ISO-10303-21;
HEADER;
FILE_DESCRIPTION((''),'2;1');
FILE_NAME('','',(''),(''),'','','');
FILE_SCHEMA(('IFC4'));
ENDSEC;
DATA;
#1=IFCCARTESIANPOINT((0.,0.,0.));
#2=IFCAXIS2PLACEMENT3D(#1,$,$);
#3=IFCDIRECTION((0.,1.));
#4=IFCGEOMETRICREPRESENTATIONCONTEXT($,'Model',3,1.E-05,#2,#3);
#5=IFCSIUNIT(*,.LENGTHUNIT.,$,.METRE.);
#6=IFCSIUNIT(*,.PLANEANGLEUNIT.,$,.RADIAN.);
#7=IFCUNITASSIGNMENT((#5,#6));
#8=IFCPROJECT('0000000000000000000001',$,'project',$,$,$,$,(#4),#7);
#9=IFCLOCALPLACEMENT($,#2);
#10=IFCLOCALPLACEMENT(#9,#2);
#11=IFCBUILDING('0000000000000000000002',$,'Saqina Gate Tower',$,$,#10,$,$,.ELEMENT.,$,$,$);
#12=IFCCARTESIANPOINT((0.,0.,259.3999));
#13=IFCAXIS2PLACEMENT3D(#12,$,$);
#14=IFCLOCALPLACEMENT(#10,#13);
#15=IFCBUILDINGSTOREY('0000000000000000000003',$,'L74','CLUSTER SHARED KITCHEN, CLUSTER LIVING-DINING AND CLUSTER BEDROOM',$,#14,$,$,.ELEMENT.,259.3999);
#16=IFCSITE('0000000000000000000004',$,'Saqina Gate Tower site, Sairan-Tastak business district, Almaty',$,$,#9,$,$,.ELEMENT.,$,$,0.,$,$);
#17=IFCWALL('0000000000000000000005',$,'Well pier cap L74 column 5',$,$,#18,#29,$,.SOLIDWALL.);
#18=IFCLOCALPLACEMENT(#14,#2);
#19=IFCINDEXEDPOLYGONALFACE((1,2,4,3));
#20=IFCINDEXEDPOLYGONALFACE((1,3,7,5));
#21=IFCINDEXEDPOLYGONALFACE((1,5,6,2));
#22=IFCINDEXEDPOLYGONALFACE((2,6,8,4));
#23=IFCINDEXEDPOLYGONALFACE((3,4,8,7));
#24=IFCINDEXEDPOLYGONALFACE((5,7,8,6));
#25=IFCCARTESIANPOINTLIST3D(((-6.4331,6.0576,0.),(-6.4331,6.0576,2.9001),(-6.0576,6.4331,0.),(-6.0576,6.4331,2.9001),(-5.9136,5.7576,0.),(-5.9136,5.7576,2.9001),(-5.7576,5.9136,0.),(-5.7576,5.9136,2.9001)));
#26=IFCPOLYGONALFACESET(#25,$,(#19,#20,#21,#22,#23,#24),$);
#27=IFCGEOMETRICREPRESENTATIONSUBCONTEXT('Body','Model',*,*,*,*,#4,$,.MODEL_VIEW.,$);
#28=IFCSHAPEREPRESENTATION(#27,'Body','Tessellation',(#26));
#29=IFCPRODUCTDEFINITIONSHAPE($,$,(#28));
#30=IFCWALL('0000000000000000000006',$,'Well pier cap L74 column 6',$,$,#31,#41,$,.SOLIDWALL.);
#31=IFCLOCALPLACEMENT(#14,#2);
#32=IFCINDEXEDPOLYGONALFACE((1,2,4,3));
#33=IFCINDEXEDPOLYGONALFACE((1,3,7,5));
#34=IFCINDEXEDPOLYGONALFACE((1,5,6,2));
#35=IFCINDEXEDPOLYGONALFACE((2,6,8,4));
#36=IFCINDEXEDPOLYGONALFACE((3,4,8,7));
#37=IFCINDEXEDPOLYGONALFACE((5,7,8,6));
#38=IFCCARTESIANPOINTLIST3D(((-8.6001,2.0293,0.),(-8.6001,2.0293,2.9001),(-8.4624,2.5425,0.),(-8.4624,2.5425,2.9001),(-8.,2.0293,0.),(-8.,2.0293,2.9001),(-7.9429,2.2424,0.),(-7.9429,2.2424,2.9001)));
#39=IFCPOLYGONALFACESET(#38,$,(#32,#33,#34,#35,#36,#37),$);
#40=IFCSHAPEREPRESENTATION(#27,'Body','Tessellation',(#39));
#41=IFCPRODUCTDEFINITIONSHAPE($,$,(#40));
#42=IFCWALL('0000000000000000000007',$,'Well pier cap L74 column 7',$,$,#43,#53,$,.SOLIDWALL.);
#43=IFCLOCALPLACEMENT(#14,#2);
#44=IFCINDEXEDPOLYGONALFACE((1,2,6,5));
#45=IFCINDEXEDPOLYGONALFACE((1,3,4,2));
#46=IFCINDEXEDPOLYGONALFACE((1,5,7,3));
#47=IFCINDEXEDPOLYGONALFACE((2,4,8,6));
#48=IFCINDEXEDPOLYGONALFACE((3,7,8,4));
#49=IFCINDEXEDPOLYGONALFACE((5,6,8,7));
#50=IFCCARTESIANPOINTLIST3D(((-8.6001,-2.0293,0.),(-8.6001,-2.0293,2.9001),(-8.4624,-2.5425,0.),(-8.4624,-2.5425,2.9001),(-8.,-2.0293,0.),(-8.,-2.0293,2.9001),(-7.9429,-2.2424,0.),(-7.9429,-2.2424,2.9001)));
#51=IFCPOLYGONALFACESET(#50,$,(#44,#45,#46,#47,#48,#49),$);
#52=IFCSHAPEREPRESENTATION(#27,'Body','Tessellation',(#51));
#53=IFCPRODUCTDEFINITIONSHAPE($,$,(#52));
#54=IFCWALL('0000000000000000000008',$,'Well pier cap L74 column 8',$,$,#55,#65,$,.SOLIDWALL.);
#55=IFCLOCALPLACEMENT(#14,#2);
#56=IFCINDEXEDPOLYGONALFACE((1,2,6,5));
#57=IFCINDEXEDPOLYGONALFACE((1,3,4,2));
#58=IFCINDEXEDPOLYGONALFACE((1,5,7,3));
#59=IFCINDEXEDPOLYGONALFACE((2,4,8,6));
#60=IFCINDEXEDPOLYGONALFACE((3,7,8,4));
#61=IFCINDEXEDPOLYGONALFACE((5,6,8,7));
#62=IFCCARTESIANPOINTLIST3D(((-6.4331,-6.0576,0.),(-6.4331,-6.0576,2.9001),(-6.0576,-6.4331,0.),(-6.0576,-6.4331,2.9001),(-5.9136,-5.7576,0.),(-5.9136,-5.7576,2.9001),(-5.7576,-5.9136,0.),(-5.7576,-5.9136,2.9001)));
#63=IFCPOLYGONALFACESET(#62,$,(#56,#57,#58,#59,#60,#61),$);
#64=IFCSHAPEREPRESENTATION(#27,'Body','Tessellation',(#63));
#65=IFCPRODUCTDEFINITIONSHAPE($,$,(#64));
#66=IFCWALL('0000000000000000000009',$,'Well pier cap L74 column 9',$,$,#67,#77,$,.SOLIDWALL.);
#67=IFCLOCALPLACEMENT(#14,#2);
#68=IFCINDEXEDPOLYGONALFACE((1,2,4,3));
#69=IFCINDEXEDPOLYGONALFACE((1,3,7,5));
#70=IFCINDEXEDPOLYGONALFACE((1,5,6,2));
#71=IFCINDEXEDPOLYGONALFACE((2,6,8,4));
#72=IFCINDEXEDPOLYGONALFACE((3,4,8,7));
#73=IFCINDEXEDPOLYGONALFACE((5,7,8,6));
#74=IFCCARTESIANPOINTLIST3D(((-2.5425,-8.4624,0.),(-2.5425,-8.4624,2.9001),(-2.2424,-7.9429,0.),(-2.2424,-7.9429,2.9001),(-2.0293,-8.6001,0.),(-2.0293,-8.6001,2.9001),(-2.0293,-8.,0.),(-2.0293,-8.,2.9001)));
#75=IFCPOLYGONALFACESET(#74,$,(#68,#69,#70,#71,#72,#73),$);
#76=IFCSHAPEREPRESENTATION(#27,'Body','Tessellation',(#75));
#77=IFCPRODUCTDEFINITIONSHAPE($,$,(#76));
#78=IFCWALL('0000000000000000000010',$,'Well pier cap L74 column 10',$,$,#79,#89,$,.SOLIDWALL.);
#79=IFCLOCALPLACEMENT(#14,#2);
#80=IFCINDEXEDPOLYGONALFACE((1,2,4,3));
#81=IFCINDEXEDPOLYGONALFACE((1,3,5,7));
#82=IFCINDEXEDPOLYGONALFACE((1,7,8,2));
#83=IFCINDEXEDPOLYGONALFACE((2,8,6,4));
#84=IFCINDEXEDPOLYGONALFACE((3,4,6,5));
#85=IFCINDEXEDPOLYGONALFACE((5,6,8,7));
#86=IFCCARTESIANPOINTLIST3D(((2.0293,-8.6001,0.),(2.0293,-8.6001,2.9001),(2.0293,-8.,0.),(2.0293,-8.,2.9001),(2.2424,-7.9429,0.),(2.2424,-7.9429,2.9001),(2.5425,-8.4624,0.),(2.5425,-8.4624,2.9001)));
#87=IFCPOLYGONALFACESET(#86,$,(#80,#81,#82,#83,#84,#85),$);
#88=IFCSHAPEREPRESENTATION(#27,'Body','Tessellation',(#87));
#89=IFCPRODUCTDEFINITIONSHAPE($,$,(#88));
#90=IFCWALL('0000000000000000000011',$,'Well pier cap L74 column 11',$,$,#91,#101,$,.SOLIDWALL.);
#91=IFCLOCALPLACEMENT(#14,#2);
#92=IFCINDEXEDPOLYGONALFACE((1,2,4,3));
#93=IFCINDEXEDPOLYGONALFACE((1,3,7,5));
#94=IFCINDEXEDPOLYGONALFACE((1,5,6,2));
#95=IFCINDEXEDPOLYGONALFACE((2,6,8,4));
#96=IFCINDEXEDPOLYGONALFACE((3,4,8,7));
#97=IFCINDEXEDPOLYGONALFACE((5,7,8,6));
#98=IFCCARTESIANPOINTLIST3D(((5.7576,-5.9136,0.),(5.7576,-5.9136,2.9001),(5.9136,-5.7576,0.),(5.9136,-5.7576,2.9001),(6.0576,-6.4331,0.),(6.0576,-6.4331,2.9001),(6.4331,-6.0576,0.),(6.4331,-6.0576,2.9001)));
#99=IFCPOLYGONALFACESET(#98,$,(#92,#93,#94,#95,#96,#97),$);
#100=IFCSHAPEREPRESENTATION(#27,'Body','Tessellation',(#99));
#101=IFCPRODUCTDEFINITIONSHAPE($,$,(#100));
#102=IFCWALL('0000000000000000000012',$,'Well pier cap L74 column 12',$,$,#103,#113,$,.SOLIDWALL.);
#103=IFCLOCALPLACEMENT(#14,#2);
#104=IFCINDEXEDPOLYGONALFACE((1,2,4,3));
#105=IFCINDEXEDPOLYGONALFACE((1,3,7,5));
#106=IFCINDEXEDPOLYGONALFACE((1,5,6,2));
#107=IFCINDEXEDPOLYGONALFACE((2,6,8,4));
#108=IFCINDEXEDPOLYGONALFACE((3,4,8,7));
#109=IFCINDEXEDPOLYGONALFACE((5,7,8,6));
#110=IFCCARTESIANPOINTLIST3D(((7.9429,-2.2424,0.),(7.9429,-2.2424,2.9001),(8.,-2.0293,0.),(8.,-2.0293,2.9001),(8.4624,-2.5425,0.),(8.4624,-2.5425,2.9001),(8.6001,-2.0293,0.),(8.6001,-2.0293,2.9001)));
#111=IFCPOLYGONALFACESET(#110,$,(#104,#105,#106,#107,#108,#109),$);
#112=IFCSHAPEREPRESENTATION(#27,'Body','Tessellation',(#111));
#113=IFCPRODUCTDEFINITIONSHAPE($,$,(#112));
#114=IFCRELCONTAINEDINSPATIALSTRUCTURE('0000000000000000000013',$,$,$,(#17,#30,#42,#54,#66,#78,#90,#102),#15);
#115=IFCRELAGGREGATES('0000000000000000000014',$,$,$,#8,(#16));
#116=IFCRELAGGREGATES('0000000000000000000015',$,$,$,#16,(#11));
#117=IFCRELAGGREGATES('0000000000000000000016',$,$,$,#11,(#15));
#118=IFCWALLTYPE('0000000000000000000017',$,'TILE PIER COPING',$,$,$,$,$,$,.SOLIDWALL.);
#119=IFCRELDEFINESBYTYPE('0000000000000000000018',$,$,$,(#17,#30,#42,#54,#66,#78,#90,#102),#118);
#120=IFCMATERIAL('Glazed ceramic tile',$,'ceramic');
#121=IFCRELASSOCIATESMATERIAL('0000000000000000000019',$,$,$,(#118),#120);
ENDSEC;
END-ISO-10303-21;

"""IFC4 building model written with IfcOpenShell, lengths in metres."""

from ifc_helpers import new_model, si_unit, direction, frame, origin, place, context, subcontext, project, spatial, polyline, outline, extrude, material, type_object, element, save


model = new_model("IFC4")

# Units and contexts
model_context = context("Model", 3, precision=1e-05, world=origin(), true_north=direction((0.0, 1.0)))
body_context = subcontext(model_context, "Body", "Model", "MODEL_VIEW")
ifc_project = project(units=[si_unit("LENGTHUNIT", "METRE"), si_unit("PLANEANGLEUNIT", "RADIAN")], contexts=[model_context])

# Site, building, storey
site_placement = place(None, origin())
site = spatial("IfcSite", under=ifc_project, at=site_placement, Name="Saqina Gate Tower site, Sairan-Tastak business district, Almaty", CompositionType="ELEMENT", RefElevation=0.0)
building_placement = place(site_placement, origin())
building = spatial("IfcBuilding", under=site, at=building_placement, Name="Saqina Gate Tower", CompositionType="ELEMENT")
storey_placement = place(building_placement, frame((0.0, 0.0, 259.3999)))
storey = spatial("IfcBuildingStorey", under=building, at=storey_placement, Name="L74", Description="CLUSTER SHARED KITCHEN, CLUSTER LIVING-DINING AND CLUSTER BEDROOM", CompositionType="ELEMENT", Elevation=259.3999)

# Walls
ifc_material_1 = material(Name="Glazed ceramic tile", Category="ceramic")
wall_type_1 = type_object("IfcWallType", Name="TILE PIER COPING", PredefinedType="SOLIDWALL", material=ifc_material_1)
wall_1_placement = place(storey_placement, origin())
element("IfcWall", 1, at=wall_1_placement, inside=storey, type_object=wall_type_1, Name="Well pier cap L74 column 5", PredefinedType="SOLIDWALL", context=body_context, shape_type="SweptSolid", body=[
    extrude(outline(polyline([(-6.4331, 6.0576), (-5.9136, 5.7576), (-5.7576, 5.9136), (-6.0576, 6.4331), (-6.4331, 6.0576)])), origin(), (0.0, 0.0, 1.0), 2.9001),
])
wall_2_placement = place(storey_placement, origin())
element("IfcWall", 2, at=wall_2_placement, inside=storey, type_object=wall_type_1, Name="Well pier cap L74 column 6", PredefinedType="SOLIDWALL", context=body_context, shape_type="SweptSolid", body=[
    extrude(outline(polyline([(-8.6001, 2.0293), (-8.0, 2.0293), (-7.9429, 2.2424), (-8.4624, 2.5425), (-8.6001, 2.0293)])), origin(), (0.0, 0.0, 1.0), 2.9001),
])
wall_3_placement = place(storey_placement, origin())
element("IfcWall", 3, at=wall_3_placement, inside=storey, type_object=wall_type_1, Name="Well pier cap L74 column 7", PredefinedType="SOLIDWALL", context=body_context, shape_type="SweptSolid", body=[
    extrude(outline(polyline([(-8.4624, -2.5425), (-7.9429, -2.2424), (-8.0, -2.0293), (-8.6001, -2.0293), (-8.4624, -2.5425)])), origin(), (0.0, 0.0, 1.0), 2.9001),
])
wall_4_placement = place(storey_placement, origin())
element("IfcWall", 4, at=wall_4_placement, inside=storey, type_object=wall_type_1, Name="Well pier cap L74 column 8", PredefinedType="SOLIDWALL", context=body_context, shape_type="SweptSolid", body=[
    extrude(outline(polyline([(-6.0576, -6.4331), (-5.7576, -5.9136), (-5.9136, -5.7576), (-6.4331, -6.0576), (-6.0576, -6.4331)])), origin(), (0.0, 0.0, 1.0), 2.9001),
])
wall_5_placement = place(storey_placement, origin())
element("IfcWall", 5, at=wall_5_placement, inside=storey, type_object=wall_type_1, Name="Well pier cap L74 column 9", PredefinedType="SOLIDWALL", context=body_context, shape_type="SweptSolid", body=[
    extrude(outline(polyline([(-2.0293, -8.6001), (-2.0293, -8.0), (-2.2424, -7.9429), (-2.5425, -8.4624), (-2.0293, -8.6001)])), origin(), (0.0, 0.0, 1.0), 2.9001),
])
wall_6_placement = place(storey_placement, origin())
element("IfcWall", 6, at=wall_6_placement, inside=storey, type_object=wall_type_1, Name="Well pier cap L74 column 10", PredefinedType="SOLIDWALL", context=body_context, shape_type="SweptSolid", body=[
    extrude(outline(polyline([(2.5425, -8.4624), (2.2424, -7.9429), (2.0293, -8.0), (2.0293, -8.6001), (2.5425, -8.4624)])), origin(), (0.0, 0.0, 1.0), 2.9001),
])
wall_7_placement = place(storey_placement, origin())
element("IfcWall", 7, at=wall_7_placement, inside=storey, type_object=wall_type_1, Name="Well pier cap L74 column 11", PredefinedType="SOLIDWALL", context=body_context, shape_type="SweptSolid", body=[
    extrude(outline(polyline([(6.4331, -6.0576), (5.9136, -5.7576), (5.7576, -5.9136), (6.0576, -6.4331), (6.4331, -6.0576)])), origin(), (0.0, 0.0, 1.0), 2.9001),
])
wall_8_placement = place(storey_placement, origin())
element("IfcWall", 8, at=wall_8_placement, inside=storey, type_object=wall_type_1, Name="Well pier cap L74 column 12", PredefinedType="SOLIDWALL", context=body_context, shape_type="SweptSolid", body=[
    extrude(outline(polyline([(8.6001, -2.0293), (8.0, -2.0293), (7.9429, -2.2424), (8.4624, -2.5425), (8.6001, -2.0293)])), origin(), (0.0, 0.0, 1.0), 2.9001),
])

save(model, "model.ifc")
